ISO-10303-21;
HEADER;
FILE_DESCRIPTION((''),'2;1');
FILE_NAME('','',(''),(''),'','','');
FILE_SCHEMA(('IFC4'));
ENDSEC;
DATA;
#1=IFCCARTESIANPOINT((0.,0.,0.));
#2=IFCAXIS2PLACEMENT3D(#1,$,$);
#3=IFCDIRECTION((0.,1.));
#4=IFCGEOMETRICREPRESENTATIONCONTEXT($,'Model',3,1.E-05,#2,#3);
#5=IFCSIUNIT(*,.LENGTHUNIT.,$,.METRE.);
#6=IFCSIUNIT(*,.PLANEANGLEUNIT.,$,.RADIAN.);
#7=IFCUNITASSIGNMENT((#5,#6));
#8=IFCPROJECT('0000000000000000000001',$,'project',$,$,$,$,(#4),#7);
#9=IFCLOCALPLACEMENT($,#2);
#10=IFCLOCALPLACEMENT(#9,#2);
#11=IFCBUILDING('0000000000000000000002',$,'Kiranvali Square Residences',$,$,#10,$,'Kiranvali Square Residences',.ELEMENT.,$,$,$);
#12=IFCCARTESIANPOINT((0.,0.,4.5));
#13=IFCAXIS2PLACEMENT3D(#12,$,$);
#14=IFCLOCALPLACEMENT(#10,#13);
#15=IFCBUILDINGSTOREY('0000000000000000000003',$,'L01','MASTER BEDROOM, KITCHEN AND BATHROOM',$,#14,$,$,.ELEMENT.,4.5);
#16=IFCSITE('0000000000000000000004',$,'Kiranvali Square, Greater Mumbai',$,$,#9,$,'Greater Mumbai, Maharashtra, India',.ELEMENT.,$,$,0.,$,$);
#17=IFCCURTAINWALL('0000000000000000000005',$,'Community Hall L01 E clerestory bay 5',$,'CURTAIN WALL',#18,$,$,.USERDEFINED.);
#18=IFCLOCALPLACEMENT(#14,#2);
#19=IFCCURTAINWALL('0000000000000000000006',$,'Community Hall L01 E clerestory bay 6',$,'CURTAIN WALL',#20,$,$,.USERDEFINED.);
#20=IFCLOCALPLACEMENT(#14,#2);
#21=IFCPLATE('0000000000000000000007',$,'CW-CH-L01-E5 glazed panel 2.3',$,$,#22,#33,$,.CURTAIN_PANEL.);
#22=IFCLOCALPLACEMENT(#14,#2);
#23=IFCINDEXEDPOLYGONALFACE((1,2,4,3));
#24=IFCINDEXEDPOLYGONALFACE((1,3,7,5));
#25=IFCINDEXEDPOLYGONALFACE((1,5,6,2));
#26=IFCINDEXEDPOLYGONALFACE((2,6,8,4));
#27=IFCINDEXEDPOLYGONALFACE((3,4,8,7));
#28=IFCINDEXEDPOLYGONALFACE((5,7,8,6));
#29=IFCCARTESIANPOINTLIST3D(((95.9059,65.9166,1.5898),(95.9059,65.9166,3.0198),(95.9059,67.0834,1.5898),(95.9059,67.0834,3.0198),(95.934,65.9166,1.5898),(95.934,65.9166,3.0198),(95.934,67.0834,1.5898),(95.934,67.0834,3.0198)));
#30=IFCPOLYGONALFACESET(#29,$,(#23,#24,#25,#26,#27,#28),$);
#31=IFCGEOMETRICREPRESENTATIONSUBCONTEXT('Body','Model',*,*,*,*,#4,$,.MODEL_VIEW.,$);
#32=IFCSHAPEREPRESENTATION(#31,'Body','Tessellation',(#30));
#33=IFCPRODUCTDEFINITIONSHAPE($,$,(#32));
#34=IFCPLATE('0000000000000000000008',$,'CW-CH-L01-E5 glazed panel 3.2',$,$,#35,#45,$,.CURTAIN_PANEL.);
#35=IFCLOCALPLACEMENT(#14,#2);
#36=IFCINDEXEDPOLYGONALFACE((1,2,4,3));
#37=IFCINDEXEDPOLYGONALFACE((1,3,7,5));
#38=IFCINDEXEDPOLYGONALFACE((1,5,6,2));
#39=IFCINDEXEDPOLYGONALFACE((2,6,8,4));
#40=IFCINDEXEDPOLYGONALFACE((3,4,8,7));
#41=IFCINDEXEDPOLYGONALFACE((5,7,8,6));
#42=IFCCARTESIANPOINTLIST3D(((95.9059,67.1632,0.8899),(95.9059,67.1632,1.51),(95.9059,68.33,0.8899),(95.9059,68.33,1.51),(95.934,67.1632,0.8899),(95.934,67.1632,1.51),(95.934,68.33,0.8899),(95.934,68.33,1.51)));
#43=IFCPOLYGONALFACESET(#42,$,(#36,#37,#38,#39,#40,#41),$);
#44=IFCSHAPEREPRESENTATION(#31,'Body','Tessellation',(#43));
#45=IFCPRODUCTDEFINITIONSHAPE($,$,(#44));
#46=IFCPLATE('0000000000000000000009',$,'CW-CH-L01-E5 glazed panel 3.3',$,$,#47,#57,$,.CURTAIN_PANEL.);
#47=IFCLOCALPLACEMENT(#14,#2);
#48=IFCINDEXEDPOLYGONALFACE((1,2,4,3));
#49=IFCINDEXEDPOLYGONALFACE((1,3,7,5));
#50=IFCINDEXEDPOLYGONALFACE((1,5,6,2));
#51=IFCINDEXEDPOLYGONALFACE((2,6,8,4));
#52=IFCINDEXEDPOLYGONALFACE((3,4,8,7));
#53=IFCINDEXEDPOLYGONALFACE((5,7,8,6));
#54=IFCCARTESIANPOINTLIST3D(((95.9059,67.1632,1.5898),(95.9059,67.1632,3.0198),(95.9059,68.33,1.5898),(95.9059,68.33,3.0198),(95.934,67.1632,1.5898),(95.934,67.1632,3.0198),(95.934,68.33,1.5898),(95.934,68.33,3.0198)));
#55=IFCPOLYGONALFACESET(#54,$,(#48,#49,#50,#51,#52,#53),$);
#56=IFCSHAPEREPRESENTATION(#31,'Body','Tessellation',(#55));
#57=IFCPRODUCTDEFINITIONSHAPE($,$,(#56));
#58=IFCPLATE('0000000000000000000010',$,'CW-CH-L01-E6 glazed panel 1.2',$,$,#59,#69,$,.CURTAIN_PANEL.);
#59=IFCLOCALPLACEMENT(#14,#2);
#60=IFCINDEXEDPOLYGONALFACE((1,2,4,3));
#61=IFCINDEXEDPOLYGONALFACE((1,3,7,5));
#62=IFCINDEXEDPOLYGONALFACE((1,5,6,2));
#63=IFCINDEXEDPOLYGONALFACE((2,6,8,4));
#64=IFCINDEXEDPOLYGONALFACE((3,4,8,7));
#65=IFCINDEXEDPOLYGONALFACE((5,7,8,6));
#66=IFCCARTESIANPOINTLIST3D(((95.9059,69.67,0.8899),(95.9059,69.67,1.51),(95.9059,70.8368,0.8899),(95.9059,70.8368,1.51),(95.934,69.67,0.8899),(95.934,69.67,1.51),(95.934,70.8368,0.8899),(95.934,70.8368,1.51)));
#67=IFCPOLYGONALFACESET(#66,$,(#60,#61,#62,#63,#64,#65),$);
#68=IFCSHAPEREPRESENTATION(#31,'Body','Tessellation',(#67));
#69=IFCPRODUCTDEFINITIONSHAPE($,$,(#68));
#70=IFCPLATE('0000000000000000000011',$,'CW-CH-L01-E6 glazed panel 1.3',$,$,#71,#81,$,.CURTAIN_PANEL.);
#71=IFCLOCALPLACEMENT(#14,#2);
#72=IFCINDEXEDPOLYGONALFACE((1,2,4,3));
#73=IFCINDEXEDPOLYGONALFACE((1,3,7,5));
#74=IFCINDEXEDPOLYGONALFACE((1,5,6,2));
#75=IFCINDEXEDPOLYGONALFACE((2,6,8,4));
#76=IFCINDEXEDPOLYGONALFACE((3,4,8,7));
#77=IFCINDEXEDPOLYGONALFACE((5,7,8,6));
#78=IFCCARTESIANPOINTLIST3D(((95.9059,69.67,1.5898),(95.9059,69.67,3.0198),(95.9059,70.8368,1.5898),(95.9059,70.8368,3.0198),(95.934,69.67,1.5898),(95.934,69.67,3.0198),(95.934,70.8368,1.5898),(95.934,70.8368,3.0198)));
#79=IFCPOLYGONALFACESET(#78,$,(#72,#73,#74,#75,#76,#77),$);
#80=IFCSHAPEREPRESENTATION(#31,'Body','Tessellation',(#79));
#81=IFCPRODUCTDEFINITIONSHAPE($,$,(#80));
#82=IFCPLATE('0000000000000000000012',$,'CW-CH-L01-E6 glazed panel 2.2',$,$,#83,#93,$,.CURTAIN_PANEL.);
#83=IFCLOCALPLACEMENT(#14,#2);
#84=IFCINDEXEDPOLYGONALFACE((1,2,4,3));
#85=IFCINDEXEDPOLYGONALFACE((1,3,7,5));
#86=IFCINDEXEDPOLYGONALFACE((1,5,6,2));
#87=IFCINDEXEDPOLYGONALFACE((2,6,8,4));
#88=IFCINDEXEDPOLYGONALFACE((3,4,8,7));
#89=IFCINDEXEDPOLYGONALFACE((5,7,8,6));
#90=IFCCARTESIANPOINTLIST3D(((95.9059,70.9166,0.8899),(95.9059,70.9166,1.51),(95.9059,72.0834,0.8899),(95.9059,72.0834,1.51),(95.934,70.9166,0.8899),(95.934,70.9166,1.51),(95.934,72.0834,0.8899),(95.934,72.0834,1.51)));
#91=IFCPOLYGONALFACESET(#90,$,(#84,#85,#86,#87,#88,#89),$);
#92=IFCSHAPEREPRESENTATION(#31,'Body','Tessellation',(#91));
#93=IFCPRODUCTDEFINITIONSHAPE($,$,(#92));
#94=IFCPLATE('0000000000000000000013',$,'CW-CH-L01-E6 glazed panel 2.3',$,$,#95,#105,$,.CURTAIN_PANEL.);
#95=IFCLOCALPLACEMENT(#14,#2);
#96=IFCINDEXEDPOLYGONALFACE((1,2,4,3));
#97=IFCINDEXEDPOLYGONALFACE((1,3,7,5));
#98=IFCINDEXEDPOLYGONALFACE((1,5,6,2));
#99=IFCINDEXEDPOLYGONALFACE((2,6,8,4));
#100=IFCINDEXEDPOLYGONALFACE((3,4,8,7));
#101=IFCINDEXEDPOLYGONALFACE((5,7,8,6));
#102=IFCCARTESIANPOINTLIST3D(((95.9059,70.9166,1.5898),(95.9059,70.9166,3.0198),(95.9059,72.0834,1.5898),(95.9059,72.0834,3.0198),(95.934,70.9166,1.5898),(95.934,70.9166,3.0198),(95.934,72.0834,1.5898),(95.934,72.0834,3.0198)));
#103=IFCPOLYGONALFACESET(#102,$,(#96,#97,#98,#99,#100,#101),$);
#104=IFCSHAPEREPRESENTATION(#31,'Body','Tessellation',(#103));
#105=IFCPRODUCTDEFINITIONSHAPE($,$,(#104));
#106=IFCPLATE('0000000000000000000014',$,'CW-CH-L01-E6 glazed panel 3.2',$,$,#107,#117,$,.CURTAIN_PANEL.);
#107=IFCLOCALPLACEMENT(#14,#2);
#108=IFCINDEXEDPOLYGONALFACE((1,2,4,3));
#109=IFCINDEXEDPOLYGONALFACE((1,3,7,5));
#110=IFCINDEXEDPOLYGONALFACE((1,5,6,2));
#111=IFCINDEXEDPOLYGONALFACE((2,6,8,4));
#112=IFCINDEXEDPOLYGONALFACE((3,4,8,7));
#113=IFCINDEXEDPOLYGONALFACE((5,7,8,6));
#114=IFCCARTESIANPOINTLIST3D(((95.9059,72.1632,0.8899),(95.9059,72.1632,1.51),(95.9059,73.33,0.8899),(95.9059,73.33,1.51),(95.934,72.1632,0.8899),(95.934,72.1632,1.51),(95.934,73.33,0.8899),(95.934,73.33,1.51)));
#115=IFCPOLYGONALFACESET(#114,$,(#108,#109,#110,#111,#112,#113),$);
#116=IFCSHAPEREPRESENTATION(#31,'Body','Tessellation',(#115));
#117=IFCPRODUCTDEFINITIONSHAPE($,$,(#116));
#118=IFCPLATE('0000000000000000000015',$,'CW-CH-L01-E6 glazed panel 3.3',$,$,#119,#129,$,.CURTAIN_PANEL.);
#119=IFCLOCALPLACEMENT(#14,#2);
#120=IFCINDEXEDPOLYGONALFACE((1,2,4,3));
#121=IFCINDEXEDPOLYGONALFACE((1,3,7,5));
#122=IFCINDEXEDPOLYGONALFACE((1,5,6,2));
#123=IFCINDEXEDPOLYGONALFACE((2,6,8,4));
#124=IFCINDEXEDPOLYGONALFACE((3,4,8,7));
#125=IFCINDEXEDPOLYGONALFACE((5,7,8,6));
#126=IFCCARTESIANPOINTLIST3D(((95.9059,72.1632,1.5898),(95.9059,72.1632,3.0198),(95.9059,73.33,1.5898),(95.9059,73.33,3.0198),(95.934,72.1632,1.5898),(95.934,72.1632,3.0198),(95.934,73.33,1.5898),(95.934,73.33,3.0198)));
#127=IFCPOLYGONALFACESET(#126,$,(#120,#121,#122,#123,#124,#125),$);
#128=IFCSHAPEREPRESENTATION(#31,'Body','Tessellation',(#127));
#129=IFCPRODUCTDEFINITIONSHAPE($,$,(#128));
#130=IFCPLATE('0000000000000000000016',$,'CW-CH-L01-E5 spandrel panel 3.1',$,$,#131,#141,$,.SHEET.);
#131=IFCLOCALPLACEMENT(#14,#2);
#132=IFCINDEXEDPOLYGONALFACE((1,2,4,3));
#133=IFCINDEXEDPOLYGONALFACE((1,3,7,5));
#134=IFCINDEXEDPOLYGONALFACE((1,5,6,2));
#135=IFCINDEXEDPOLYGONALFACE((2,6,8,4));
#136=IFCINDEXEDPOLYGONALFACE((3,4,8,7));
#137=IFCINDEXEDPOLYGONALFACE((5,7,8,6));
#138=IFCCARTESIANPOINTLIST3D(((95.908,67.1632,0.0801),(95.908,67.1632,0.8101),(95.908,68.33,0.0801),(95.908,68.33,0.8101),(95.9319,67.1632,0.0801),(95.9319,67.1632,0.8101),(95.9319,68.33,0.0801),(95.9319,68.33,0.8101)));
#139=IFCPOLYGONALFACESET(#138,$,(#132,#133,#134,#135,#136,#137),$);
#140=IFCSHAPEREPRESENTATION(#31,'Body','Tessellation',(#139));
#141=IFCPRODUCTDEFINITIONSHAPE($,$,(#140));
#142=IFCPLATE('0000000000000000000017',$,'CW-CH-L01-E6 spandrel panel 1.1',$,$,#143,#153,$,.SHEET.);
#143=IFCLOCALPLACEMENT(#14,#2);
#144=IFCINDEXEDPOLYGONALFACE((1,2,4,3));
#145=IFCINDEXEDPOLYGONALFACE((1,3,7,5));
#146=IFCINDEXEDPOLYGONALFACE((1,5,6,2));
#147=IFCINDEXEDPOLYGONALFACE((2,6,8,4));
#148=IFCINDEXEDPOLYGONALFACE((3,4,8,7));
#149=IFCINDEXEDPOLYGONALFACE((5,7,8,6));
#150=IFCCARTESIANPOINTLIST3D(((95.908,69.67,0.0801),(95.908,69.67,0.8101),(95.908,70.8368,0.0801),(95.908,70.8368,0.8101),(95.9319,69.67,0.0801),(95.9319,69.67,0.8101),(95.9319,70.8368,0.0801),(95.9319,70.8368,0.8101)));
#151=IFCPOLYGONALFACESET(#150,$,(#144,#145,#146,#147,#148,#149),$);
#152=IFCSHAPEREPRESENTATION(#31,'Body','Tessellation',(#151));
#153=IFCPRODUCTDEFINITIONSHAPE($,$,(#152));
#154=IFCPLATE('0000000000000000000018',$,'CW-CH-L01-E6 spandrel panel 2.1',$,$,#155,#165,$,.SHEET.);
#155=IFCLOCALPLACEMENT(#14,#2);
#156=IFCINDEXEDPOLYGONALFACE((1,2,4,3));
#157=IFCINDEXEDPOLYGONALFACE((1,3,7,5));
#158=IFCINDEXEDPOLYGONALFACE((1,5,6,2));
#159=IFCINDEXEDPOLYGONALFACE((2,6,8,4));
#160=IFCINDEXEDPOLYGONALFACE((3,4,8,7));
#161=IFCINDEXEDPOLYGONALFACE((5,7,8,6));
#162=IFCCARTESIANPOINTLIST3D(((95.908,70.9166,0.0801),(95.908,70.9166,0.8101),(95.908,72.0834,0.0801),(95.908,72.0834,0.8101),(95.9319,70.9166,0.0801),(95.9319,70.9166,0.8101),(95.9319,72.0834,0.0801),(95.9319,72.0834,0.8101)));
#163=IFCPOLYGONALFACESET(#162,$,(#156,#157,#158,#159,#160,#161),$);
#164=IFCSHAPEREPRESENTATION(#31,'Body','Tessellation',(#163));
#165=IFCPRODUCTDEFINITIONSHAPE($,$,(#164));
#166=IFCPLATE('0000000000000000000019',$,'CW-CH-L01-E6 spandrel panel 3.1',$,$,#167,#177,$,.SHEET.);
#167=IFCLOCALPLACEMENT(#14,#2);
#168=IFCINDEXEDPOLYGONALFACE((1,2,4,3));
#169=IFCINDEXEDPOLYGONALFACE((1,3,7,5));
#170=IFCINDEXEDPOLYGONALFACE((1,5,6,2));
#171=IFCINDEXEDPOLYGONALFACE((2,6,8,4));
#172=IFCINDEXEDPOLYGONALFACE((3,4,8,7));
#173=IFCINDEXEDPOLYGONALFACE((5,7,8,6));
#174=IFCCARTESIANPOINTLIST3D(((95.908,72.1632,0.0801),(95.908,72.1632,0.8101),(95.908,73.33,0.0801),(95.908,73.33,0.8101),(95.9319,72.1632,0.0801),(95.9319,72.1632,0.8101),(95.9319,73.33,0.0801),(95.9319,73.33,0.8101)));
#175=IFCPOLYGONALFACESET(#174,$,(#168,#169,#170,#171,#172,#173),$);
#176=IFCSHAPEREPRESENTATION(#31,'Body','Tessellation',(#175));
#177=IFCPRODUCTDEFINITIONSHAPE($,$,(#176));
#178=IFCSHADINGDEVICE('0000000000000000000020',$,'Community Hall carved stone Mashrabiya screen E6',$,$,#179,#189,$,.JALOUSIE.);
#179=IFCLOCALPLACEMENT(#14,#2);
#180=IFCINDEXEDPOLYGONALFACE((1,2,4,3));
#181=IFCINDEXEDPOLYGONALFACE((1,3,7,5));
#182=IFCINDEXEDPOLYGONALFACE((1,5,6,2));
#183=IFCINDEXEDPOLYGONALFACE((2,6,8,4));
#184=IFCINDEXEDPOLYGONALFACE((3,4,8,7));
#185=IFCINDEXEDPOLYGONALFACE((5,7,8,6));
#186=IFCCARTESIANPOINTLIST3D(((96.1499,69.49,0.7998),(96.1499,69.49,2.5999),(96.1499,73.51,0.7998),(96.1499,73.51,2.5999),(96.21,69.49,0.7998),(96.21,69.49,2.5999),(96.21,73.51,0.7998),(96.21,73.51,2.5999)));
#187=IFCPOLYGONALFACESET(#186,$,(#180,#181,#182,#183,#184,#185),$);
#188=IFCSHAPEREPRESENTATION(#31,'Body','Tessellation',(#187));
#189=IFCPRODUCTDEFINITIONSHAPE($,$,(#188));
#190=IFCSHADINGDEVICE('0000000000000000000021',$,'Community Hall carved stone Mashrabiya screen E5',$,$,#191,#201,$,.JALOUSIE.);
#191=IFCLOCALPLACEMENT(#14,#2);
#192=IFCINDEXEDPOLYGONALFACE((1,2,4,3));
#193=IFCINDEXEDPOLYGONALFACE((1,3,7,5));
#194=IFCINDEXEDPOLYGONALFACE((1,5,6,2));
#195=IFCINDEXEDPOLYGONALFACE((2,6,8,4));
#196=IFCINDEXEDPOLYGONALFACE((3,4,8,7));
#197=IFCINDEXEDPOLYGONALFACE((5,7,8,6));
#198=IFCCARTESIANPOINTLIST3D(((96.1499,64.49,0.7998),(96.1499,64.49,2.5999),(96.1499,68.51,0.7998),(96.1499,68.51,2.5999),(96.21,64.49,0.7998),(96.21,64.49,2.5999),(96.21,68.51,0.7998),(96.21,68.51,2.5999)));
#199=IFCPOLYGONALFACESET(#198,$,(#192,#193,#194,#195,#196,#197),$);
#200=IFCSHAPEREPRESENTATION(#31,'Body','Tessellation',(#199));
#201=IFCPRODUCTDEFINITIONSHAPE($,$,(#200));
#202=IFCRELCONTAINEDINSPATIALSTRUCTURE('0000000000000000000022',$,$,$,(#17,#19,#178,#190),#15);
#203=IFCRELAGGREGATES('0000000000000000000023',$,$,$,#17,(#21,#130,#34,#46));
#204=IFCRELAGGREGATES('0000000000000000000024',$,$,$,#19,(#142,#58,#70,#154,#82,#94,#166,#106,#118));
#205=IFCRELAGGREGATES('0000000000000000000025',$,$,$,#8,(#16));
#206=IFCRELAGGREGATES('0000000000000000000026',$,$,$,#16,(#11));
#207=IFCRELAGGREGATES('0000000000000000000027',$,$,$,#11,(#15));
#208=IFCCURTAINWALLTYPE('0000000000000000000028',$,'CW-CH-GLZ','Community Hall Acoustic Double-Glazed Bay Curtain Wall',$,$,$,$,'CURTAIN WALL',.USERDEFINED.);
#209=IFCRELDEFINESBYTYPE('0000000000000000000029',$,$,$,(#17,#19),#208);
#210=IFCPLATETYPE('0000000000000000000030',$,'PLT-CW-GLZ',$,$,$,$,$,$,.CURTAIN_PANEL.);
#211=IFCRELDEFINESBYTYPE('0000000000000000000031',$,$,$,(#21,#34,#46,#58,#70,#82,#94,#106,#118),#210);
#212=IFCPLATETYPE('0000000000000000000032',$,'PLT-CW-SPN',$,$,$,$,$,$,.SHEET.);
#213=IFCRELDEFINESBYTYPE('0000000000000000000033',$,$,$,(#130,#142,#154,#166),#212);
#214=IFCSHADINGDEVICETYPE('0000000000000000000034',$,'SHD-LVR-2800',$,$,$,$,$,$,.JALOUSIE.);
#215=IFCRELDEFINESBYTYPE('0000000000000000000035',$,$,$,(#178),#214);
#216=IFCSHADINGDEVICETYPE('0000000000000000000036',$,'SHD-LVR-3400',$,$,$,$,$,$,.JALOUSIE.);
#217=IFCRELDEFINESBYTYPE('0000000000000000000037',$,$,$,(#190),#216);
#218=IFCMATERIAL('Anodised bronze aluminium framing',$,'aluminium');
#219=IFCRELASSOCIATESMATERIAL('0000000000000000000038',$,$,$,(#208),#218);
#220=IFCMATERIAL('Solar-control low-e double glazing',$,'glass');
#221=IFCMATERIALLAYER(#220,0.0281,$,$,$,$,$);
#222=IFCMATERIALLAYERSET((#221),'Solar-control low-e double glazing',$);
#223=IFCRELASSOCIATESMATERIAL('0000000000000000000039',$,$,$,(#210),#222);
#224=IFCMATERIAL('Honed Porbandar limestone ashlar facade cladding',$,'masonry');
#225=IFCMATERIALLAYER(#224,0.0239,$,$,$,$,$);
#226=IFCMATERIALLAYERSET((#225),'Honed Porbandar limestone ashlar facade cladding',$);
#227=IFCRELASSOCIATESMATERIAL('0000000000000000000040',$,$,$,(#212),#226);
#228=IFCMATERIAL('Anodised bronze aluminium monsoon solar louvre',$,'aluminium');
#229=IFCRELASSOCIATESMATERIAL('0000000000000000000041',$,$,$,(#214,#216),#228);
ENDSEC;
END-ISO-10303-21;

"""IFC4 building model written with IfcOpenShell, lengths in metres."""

from ifc_helpers import new_model, si_unit, direction, frame, origin, origin_2d, place, context, subcontext, project, spatial, rectangle, extrude, material, layer, layer_set, type_object, element, aggregate, save


model = new_model("IFC4")

# Units and contexts
model_context = context("Model", 3, precision=1e-05, world=origin(), true_north=direction((0.0, 1.0)))
body_context = subcontext(model_context, "Body", "Model", "MODEL_VIEW")
ifc_project = project(units=[si_unit("LENGTHUNIT", "METRE"), si_unit("PLANEANGLEUNIT", "RADIAN")], contexts=[model_context])

# Site, building, storey
site_placement = place(None, origin())
site = spatial("IfcSite", under=ifc_project, at=site_placement, Name="Kiranvali Square, Greater Mumbai", LongName="Greater Mumbai, Maharashtra, India", CompositionType="ELEMENT", RefElevation=0.0)
building_placement = place(site_placement, origin())
building = spatial("IfcBuilding", under=site, at=building_placement, Name="Kiranvali Square Residences", LongName="Kiranvali Square Residences", CompositionType="ELEMENT")
storey_placement = place(building_placement, frame((0.0, 0.0, 4.5)))
storey = spatial("IfcBuildingStorey", under=building, at=storey_placement, Name="L01", Description="MASTER BEDROOM, KITCHEN AND BATHROOM", CompositionType="ELEMENT", Elevation=4.5)

# Curtain walls
ifc_material_1 = material(Name="Anodised bronze aluminium framing", Category="aluminium")
curtain_wall_type = type_object("IfcCurtainWallType", Name="CW-CH-GLZ", Description="Community Hall Acoustic Double-Glazed Bay Curtain Wall", ElementType="CURTAIN WALL", PredefinedType="USERDEFINED", material=ifc_material_1)
curtain_wall_1_placement = place(storey_placement, origin())
curtain_wall_1 = element("IfcCurtainWall", 1, at=curtain_wall_1_placement, inside=storey, type_object=curtain_wall_type, Name="Community Hall L01 E clerestory bay 5", ObjectType="CURTAIN WALL", PredefinedType="USERDEFINED")
curtain_wall_2_placement = place(storey_placement, origin())
curtain_wall_2 = element("IfcCurtainWall", 2, at=curtain_wall_2_placement, inside=storey, type_object=curtain_wall_type, Name="Community Hall L01 E clerestory bay 6", ObjectType="CURTAIN WALL", PredefinedType="USERDEFINED")

# Plates
ifc_material_2 = material(Name="Solar-control low-e double glazing", Category="glass")
ifc_layer_1 = layer(ifc_material_2, 0.0281)
ifc_layer_set_1 = layer_set([ifc_layer_1], Name="Solar-control low-e double glazing")
plate_type_1 = type_object("IfcPlateType", Name="PLT-CW-GLZ", PredefinedType="CURTAIN_PANEL", material=ifc_layer_set_1)
plate_1_placement = place(storey_placement, frame((95.9199, 66.5, 1.5898), z_axis=(0.0, 0.0, 1.0), x_axis=(0.0, 1.0, 0.0)))
plate_1 = element("IfcPlate", 3, at=plate_1_placement, type_object=plate_type_1, Name="CW-CH-L01-E5 glazed panel 2.3", PredefinedType="CURTAIN_PANEL", context=body_context, shape_type="SweptSolid", body=[
    extrude(rectangle(XDim=1.1667, YDim=0.0281, at=origin_2d()), origin(), (0.0, 0.0, 1.0), 1.4299),
])
plate_2_placement = place(storey_placement, frame((95.9199, 67.7466, 0.8899), z_axis=(0.0, 0.0, 1.0), x_axis=(0.0, 1.0, 0.0)))
plate_2 = element("IfcPlate", 4, at=plate_2_placement, type_object=plate_type_1, Name="CW-CH-L01-E5 glazed panel 3.2", PredefinedType="CURTAIN_PANEL", context=body_context, shape_type="SweptSolid", body=[
    extrude(rectangle(XDim=1.1667, YDim=0.0281, at=origin_2d()), origin(), (0.0, 0.0, 1.0), 0.6201),
])
plate_3_placement = place(storey_placement, frame((95.9199, 67.7466, 1.5898), z_axis=(0.0, 0.0, 1.0), x_axis=(0.0, 1.0, 0.0)))
plate_3 = element("IfcPlate", 5, at=plate_3_placement, type_object=plate_type_1, Name="CW-CH-L01-E5 glazed panel 3.3", PredefinedType="CURTAIN_PANEL", context=body_context, shape_type="SweptSolid", body=[
    extrude(rectangle(XDim=1.1667, YDim=0.0281, at=origin_2d()), origin(), (0.0, 0.0, 1.0), 1.4299),
])
plate_4_placement = place(storey_placement, frame((95.9199, 70.2534, 0.8899), z_axis=(0.0, 0.0, 1.0), x_axis=(0.0, 1.0, 0.0)))
plate_4 = element("IfcPlate", 6, at=plate_4_placement, type_object=plate_type_1, Name="CW-CH-L01-E6 glazed panel 1.2", PredefinedType="CURTAIN_PANEL", context=body_context, shape_type="SweptSolid", body=[
    extrude(rectangle(XDim=1.1667, YDim=0.0281, at=origin_2d()), origin(), (0.0, 0.0, 1.0), 0.6201),
])
plate_5_placement = place(storey_placement, frame((95.9199, 70.2534, 1.5898), z_axis=(0.0, 0.0, 1.0), x_axis=(0.0, 1.0, 0.0)))
plate_5 = element("IfcPlate", 7, at=plate_5_placement, type_object=plate_type_1, Name="CW-CH-L01-E6 glazed panel 1.3", PredefinedType="CURTAIN_PANEL", context=body_context, shape_type="SweptSolid", body=[
    extrude(rectangle(XDim=1.1667, YDim=0.0281, at=origin_2d()), origin(), (0.0, 0.0, 1.0), 1.4299),
])
plate_6_placement = place(storey_placement, frame((95.9199, 71.5, 0.8899), z_axis=(0.0, 0.0, 1.0), x_axis=(0.0, 1.0, 0.0)))
plate_6 = element("IfcPlate", 8, at=plate_6_placement, type_object=plate_type_1, Name="CW-CH-L01-E6 glazed panel 2.2", PredefinedType="CURTAIN_PANEL", context=body_context, shape_type="SweptSolid", body=[
    extrude(rectangle(XDim=1.1667, YDim=0.0281, at=origin_2d()), origin(), (0.0, 0.0, 1.0), 0.6201),
])
plate_7_placement = place(storey_placement, frame((95.9199, 71.5, 1.5898), z_axis=(0.0, 0.0, 1.0), x_axis=(0.0, 1.0, 0.0)))
plate_7 = element("IfcPlate", 9, at=plate_7_placement, type_object=plate_type_1, Name="CW-CH-L01-E6 glazed panel 2.3", PredefinedType="CURTAIN_PANEL", context=body_context, shape_type="SweptSolid", body=[
    extrude(rectangle(XDim=1.1667, YDim=0.0281, at=origin_2d()), origin(), (0.0, 0.0, 1.0), 1.4299),
])
plate_8_placement = place(storey_placement, frame((95.9199, 72.7466, 0.8899), z_axis=(0.0, 0.0, 1.0), x_axis=(0.0, 1.0, 0.0)))
plate_8 = element("IfcPlate", 10, at=plate_8_placement, type_object=plate_type_1, Name="CW-CH-L01-E6 glazed panel 3.2", PredefinedType="CURTAIN_PANEL", context=body_context, shape_type="SweptSolid", body=[
    extrude(rectangle(XDim=1.1667, YDim=0.0281, at=origin_2d()), origin(), (0.0, 0.0, 1.0), 0.6201),
])
plate_9_placement = place(storey_placement, frame((95.9199, 72.7466, 1.5898), z_axis=(0.0, 0.0, 1.0), x_axis=(0.0, 1.0, 0.0)))
plate_9 = element("IfcPlate", 11, at=plate_9_placement, type_object=plate_type_1, Name="CW-CH-L01-E6 glazed panel 3.3", PredefinedType="CURTAIN_PANEL", context=body_context, shape_type="SweptSolid", body=[
    extrude(rectangle(XDim=1.1667, YDim=0.0281, at=origin_2d()), origin(), (0.0, 0.0, 1.0), 1.4299),
])
ifc_material_3 = material(Name="Honed Porbandar limestone ashlar facade cladding", Category="masonry")
ifc_layer_2 = layer(ifc_material_3, 0.0239)
ifc_layer_set_2 = layer_set([ifc_layer_2], Name="Honed Porbandar limestone ashlar facade cladding")
plate_type_2 = type_object("IfcPlateType", Name="PLT-CW-SPN", PredefinedType="SHEET", material=ifc_layer_set_2)
plate_10_placement = place(storey_placement, frame((95.9199, 67.7466, 0.0801), z_axis=(0.0, 0.0, 1.0), x_axis=(0.0, 1.0, 0.0)))
plate_10 = element("IfcPlate", 12, at=plate_10_placement, type_object=plate_type_2, Name="CW-CH-L01-E5 spandrel panel 3.1", PredefinedType="SHEET", context=body_context, shape_type="SweptSolid", body=[
    extrude(rectangle(XDim=1.1667, YDim=0.0239, at=origin_2d()), origin(), (0.0, 0.0, 1.0), 0.73),
])
aggregate(curtain_wall_1, [plate_1, plate_10, plate_2, plate_3])
plate_11_placement = place(storey_placement, frame((95.9199, 70.2534, 0.0801), z_axis=(0.0, 0.0, 1.0), x_axis=(0.0, 1.0, 0.0)))
plate_11 = element("IfcPlate", 13, at=plate_11_placement, type_object=plate_type_2, Name="CW-CH-L01-E6 spandrel panel 1.1", PredefinedType="SHEET", context=body_context, shape_type="SweptSolid", body=[
    extrude(rectangle(XDim=1.1667, YDim=0.0239, at=origin_2d()), origin(), (0.0, 0.0, 1.0), 0.73),
])
plate_12_placement = place(storey_placement, frame((95.9199, 71.5, 0.0801), z_axis=(0.0, 0.0, 1.0), x_axis=(0.0, 1.0, 0.0)))
plate_12 = element("IfcPlate", 14, at=plate_12_placement, type_object=plate_type_2, Name="CW-CH-L01-E6 spandrel panel 2.1", PredefinedType="SHEET", context=body_context, shape_type="SweptSolid", body=[
    extrude(rectangle(XDim=1.1667, YDim=0.0239, at=origin_2d()), origin(), (0.0, 0.0, 1.0), 0.73),
])
plate_13_placement = place(storey_placement, frame((95.9199, 72.7466, 0.0801), z_axis=(0.0, 0.0, 1.0), x_axis=(0.0, 1.0, 0.0)))
plate_13 = element("IfcPlate", 15, at=plate_13_placement, type_object=plate_type_2, Name="CW-CH-L01-E6 spandrel panel 3.1", PredefinedType="SHEET", context=body_context, shape_type="SweptSolid", body=[
    extrude(rectangle(XDim=1.1667, YDim=0.0239, at=origin_2d()), origin(), (0.0, 0.0, 1.0), 0.73),
])
aggregate(curtain_wall_2, [plate_11, plate_4, plate_5, plate_12, plate_6, plate_7, plate_13, plate_8, plate_9])

# Shading devices
ifc_material_4 = material(Name="Anodised bronze aluminium monsoon solar louvre", Category="aluminium")
shading_device_type_1 = type_object("IfcShadingDeviceType", Name="SHD-LVR-2800", PredefinedType="JALOUSIE", material=ifc_material_4)
shading_device_1_placement = place(storey_placement, frame((96.1799, 71.5, 0.7998), z_axis=(0.0, 0.0, 1.0), x_axis=(1.0, 0.0, 0.0)))
element("IfcShadingDevice", 16, at=shading_device_1_placement, inside=storey, type_object=shading_device_type_1, Name="Community Hall carved stone Mashrabiya screen E6", PredefinedType="JALOUSIE", context=body_context, shape_type="SweptSolid", body=[
    extrude(rectangle(XDim=0.0601, YDim=4.02, at=origin_2d()), origin(), (0.0, 0.0, 1.0), 1.8),
])
shading_device_type_2 = type_object("IfcShadingDeviceType", Name="SHD-LVR-3400", PredefinedType="JALOUSIE", material=ifc_material_4)
shading_device_2_placement = place(storey_placement, frame((96.1799, 66.5, 0.7998), z_axis=(0.0, 0.0, 1.0), x_axis=(1.0, 0.0, 0.0)))
element("IfcShadingDevice", 17, at=shading_device_2_placement, inside=storey, type_object=shading_device_type_2, Name="Community Hall carved stone Mashrabiya screen E5", PredefinedType="JALOUSIE", context=body_context, shape_type="SweptSolid", body=[
    extrude(rectangle(XDim=0.0601, YDim=4.02, at=origin_2d()), origin(), (0.0, 0.0, 1.0), 1.8),
])

save(model, "model.ifc")
